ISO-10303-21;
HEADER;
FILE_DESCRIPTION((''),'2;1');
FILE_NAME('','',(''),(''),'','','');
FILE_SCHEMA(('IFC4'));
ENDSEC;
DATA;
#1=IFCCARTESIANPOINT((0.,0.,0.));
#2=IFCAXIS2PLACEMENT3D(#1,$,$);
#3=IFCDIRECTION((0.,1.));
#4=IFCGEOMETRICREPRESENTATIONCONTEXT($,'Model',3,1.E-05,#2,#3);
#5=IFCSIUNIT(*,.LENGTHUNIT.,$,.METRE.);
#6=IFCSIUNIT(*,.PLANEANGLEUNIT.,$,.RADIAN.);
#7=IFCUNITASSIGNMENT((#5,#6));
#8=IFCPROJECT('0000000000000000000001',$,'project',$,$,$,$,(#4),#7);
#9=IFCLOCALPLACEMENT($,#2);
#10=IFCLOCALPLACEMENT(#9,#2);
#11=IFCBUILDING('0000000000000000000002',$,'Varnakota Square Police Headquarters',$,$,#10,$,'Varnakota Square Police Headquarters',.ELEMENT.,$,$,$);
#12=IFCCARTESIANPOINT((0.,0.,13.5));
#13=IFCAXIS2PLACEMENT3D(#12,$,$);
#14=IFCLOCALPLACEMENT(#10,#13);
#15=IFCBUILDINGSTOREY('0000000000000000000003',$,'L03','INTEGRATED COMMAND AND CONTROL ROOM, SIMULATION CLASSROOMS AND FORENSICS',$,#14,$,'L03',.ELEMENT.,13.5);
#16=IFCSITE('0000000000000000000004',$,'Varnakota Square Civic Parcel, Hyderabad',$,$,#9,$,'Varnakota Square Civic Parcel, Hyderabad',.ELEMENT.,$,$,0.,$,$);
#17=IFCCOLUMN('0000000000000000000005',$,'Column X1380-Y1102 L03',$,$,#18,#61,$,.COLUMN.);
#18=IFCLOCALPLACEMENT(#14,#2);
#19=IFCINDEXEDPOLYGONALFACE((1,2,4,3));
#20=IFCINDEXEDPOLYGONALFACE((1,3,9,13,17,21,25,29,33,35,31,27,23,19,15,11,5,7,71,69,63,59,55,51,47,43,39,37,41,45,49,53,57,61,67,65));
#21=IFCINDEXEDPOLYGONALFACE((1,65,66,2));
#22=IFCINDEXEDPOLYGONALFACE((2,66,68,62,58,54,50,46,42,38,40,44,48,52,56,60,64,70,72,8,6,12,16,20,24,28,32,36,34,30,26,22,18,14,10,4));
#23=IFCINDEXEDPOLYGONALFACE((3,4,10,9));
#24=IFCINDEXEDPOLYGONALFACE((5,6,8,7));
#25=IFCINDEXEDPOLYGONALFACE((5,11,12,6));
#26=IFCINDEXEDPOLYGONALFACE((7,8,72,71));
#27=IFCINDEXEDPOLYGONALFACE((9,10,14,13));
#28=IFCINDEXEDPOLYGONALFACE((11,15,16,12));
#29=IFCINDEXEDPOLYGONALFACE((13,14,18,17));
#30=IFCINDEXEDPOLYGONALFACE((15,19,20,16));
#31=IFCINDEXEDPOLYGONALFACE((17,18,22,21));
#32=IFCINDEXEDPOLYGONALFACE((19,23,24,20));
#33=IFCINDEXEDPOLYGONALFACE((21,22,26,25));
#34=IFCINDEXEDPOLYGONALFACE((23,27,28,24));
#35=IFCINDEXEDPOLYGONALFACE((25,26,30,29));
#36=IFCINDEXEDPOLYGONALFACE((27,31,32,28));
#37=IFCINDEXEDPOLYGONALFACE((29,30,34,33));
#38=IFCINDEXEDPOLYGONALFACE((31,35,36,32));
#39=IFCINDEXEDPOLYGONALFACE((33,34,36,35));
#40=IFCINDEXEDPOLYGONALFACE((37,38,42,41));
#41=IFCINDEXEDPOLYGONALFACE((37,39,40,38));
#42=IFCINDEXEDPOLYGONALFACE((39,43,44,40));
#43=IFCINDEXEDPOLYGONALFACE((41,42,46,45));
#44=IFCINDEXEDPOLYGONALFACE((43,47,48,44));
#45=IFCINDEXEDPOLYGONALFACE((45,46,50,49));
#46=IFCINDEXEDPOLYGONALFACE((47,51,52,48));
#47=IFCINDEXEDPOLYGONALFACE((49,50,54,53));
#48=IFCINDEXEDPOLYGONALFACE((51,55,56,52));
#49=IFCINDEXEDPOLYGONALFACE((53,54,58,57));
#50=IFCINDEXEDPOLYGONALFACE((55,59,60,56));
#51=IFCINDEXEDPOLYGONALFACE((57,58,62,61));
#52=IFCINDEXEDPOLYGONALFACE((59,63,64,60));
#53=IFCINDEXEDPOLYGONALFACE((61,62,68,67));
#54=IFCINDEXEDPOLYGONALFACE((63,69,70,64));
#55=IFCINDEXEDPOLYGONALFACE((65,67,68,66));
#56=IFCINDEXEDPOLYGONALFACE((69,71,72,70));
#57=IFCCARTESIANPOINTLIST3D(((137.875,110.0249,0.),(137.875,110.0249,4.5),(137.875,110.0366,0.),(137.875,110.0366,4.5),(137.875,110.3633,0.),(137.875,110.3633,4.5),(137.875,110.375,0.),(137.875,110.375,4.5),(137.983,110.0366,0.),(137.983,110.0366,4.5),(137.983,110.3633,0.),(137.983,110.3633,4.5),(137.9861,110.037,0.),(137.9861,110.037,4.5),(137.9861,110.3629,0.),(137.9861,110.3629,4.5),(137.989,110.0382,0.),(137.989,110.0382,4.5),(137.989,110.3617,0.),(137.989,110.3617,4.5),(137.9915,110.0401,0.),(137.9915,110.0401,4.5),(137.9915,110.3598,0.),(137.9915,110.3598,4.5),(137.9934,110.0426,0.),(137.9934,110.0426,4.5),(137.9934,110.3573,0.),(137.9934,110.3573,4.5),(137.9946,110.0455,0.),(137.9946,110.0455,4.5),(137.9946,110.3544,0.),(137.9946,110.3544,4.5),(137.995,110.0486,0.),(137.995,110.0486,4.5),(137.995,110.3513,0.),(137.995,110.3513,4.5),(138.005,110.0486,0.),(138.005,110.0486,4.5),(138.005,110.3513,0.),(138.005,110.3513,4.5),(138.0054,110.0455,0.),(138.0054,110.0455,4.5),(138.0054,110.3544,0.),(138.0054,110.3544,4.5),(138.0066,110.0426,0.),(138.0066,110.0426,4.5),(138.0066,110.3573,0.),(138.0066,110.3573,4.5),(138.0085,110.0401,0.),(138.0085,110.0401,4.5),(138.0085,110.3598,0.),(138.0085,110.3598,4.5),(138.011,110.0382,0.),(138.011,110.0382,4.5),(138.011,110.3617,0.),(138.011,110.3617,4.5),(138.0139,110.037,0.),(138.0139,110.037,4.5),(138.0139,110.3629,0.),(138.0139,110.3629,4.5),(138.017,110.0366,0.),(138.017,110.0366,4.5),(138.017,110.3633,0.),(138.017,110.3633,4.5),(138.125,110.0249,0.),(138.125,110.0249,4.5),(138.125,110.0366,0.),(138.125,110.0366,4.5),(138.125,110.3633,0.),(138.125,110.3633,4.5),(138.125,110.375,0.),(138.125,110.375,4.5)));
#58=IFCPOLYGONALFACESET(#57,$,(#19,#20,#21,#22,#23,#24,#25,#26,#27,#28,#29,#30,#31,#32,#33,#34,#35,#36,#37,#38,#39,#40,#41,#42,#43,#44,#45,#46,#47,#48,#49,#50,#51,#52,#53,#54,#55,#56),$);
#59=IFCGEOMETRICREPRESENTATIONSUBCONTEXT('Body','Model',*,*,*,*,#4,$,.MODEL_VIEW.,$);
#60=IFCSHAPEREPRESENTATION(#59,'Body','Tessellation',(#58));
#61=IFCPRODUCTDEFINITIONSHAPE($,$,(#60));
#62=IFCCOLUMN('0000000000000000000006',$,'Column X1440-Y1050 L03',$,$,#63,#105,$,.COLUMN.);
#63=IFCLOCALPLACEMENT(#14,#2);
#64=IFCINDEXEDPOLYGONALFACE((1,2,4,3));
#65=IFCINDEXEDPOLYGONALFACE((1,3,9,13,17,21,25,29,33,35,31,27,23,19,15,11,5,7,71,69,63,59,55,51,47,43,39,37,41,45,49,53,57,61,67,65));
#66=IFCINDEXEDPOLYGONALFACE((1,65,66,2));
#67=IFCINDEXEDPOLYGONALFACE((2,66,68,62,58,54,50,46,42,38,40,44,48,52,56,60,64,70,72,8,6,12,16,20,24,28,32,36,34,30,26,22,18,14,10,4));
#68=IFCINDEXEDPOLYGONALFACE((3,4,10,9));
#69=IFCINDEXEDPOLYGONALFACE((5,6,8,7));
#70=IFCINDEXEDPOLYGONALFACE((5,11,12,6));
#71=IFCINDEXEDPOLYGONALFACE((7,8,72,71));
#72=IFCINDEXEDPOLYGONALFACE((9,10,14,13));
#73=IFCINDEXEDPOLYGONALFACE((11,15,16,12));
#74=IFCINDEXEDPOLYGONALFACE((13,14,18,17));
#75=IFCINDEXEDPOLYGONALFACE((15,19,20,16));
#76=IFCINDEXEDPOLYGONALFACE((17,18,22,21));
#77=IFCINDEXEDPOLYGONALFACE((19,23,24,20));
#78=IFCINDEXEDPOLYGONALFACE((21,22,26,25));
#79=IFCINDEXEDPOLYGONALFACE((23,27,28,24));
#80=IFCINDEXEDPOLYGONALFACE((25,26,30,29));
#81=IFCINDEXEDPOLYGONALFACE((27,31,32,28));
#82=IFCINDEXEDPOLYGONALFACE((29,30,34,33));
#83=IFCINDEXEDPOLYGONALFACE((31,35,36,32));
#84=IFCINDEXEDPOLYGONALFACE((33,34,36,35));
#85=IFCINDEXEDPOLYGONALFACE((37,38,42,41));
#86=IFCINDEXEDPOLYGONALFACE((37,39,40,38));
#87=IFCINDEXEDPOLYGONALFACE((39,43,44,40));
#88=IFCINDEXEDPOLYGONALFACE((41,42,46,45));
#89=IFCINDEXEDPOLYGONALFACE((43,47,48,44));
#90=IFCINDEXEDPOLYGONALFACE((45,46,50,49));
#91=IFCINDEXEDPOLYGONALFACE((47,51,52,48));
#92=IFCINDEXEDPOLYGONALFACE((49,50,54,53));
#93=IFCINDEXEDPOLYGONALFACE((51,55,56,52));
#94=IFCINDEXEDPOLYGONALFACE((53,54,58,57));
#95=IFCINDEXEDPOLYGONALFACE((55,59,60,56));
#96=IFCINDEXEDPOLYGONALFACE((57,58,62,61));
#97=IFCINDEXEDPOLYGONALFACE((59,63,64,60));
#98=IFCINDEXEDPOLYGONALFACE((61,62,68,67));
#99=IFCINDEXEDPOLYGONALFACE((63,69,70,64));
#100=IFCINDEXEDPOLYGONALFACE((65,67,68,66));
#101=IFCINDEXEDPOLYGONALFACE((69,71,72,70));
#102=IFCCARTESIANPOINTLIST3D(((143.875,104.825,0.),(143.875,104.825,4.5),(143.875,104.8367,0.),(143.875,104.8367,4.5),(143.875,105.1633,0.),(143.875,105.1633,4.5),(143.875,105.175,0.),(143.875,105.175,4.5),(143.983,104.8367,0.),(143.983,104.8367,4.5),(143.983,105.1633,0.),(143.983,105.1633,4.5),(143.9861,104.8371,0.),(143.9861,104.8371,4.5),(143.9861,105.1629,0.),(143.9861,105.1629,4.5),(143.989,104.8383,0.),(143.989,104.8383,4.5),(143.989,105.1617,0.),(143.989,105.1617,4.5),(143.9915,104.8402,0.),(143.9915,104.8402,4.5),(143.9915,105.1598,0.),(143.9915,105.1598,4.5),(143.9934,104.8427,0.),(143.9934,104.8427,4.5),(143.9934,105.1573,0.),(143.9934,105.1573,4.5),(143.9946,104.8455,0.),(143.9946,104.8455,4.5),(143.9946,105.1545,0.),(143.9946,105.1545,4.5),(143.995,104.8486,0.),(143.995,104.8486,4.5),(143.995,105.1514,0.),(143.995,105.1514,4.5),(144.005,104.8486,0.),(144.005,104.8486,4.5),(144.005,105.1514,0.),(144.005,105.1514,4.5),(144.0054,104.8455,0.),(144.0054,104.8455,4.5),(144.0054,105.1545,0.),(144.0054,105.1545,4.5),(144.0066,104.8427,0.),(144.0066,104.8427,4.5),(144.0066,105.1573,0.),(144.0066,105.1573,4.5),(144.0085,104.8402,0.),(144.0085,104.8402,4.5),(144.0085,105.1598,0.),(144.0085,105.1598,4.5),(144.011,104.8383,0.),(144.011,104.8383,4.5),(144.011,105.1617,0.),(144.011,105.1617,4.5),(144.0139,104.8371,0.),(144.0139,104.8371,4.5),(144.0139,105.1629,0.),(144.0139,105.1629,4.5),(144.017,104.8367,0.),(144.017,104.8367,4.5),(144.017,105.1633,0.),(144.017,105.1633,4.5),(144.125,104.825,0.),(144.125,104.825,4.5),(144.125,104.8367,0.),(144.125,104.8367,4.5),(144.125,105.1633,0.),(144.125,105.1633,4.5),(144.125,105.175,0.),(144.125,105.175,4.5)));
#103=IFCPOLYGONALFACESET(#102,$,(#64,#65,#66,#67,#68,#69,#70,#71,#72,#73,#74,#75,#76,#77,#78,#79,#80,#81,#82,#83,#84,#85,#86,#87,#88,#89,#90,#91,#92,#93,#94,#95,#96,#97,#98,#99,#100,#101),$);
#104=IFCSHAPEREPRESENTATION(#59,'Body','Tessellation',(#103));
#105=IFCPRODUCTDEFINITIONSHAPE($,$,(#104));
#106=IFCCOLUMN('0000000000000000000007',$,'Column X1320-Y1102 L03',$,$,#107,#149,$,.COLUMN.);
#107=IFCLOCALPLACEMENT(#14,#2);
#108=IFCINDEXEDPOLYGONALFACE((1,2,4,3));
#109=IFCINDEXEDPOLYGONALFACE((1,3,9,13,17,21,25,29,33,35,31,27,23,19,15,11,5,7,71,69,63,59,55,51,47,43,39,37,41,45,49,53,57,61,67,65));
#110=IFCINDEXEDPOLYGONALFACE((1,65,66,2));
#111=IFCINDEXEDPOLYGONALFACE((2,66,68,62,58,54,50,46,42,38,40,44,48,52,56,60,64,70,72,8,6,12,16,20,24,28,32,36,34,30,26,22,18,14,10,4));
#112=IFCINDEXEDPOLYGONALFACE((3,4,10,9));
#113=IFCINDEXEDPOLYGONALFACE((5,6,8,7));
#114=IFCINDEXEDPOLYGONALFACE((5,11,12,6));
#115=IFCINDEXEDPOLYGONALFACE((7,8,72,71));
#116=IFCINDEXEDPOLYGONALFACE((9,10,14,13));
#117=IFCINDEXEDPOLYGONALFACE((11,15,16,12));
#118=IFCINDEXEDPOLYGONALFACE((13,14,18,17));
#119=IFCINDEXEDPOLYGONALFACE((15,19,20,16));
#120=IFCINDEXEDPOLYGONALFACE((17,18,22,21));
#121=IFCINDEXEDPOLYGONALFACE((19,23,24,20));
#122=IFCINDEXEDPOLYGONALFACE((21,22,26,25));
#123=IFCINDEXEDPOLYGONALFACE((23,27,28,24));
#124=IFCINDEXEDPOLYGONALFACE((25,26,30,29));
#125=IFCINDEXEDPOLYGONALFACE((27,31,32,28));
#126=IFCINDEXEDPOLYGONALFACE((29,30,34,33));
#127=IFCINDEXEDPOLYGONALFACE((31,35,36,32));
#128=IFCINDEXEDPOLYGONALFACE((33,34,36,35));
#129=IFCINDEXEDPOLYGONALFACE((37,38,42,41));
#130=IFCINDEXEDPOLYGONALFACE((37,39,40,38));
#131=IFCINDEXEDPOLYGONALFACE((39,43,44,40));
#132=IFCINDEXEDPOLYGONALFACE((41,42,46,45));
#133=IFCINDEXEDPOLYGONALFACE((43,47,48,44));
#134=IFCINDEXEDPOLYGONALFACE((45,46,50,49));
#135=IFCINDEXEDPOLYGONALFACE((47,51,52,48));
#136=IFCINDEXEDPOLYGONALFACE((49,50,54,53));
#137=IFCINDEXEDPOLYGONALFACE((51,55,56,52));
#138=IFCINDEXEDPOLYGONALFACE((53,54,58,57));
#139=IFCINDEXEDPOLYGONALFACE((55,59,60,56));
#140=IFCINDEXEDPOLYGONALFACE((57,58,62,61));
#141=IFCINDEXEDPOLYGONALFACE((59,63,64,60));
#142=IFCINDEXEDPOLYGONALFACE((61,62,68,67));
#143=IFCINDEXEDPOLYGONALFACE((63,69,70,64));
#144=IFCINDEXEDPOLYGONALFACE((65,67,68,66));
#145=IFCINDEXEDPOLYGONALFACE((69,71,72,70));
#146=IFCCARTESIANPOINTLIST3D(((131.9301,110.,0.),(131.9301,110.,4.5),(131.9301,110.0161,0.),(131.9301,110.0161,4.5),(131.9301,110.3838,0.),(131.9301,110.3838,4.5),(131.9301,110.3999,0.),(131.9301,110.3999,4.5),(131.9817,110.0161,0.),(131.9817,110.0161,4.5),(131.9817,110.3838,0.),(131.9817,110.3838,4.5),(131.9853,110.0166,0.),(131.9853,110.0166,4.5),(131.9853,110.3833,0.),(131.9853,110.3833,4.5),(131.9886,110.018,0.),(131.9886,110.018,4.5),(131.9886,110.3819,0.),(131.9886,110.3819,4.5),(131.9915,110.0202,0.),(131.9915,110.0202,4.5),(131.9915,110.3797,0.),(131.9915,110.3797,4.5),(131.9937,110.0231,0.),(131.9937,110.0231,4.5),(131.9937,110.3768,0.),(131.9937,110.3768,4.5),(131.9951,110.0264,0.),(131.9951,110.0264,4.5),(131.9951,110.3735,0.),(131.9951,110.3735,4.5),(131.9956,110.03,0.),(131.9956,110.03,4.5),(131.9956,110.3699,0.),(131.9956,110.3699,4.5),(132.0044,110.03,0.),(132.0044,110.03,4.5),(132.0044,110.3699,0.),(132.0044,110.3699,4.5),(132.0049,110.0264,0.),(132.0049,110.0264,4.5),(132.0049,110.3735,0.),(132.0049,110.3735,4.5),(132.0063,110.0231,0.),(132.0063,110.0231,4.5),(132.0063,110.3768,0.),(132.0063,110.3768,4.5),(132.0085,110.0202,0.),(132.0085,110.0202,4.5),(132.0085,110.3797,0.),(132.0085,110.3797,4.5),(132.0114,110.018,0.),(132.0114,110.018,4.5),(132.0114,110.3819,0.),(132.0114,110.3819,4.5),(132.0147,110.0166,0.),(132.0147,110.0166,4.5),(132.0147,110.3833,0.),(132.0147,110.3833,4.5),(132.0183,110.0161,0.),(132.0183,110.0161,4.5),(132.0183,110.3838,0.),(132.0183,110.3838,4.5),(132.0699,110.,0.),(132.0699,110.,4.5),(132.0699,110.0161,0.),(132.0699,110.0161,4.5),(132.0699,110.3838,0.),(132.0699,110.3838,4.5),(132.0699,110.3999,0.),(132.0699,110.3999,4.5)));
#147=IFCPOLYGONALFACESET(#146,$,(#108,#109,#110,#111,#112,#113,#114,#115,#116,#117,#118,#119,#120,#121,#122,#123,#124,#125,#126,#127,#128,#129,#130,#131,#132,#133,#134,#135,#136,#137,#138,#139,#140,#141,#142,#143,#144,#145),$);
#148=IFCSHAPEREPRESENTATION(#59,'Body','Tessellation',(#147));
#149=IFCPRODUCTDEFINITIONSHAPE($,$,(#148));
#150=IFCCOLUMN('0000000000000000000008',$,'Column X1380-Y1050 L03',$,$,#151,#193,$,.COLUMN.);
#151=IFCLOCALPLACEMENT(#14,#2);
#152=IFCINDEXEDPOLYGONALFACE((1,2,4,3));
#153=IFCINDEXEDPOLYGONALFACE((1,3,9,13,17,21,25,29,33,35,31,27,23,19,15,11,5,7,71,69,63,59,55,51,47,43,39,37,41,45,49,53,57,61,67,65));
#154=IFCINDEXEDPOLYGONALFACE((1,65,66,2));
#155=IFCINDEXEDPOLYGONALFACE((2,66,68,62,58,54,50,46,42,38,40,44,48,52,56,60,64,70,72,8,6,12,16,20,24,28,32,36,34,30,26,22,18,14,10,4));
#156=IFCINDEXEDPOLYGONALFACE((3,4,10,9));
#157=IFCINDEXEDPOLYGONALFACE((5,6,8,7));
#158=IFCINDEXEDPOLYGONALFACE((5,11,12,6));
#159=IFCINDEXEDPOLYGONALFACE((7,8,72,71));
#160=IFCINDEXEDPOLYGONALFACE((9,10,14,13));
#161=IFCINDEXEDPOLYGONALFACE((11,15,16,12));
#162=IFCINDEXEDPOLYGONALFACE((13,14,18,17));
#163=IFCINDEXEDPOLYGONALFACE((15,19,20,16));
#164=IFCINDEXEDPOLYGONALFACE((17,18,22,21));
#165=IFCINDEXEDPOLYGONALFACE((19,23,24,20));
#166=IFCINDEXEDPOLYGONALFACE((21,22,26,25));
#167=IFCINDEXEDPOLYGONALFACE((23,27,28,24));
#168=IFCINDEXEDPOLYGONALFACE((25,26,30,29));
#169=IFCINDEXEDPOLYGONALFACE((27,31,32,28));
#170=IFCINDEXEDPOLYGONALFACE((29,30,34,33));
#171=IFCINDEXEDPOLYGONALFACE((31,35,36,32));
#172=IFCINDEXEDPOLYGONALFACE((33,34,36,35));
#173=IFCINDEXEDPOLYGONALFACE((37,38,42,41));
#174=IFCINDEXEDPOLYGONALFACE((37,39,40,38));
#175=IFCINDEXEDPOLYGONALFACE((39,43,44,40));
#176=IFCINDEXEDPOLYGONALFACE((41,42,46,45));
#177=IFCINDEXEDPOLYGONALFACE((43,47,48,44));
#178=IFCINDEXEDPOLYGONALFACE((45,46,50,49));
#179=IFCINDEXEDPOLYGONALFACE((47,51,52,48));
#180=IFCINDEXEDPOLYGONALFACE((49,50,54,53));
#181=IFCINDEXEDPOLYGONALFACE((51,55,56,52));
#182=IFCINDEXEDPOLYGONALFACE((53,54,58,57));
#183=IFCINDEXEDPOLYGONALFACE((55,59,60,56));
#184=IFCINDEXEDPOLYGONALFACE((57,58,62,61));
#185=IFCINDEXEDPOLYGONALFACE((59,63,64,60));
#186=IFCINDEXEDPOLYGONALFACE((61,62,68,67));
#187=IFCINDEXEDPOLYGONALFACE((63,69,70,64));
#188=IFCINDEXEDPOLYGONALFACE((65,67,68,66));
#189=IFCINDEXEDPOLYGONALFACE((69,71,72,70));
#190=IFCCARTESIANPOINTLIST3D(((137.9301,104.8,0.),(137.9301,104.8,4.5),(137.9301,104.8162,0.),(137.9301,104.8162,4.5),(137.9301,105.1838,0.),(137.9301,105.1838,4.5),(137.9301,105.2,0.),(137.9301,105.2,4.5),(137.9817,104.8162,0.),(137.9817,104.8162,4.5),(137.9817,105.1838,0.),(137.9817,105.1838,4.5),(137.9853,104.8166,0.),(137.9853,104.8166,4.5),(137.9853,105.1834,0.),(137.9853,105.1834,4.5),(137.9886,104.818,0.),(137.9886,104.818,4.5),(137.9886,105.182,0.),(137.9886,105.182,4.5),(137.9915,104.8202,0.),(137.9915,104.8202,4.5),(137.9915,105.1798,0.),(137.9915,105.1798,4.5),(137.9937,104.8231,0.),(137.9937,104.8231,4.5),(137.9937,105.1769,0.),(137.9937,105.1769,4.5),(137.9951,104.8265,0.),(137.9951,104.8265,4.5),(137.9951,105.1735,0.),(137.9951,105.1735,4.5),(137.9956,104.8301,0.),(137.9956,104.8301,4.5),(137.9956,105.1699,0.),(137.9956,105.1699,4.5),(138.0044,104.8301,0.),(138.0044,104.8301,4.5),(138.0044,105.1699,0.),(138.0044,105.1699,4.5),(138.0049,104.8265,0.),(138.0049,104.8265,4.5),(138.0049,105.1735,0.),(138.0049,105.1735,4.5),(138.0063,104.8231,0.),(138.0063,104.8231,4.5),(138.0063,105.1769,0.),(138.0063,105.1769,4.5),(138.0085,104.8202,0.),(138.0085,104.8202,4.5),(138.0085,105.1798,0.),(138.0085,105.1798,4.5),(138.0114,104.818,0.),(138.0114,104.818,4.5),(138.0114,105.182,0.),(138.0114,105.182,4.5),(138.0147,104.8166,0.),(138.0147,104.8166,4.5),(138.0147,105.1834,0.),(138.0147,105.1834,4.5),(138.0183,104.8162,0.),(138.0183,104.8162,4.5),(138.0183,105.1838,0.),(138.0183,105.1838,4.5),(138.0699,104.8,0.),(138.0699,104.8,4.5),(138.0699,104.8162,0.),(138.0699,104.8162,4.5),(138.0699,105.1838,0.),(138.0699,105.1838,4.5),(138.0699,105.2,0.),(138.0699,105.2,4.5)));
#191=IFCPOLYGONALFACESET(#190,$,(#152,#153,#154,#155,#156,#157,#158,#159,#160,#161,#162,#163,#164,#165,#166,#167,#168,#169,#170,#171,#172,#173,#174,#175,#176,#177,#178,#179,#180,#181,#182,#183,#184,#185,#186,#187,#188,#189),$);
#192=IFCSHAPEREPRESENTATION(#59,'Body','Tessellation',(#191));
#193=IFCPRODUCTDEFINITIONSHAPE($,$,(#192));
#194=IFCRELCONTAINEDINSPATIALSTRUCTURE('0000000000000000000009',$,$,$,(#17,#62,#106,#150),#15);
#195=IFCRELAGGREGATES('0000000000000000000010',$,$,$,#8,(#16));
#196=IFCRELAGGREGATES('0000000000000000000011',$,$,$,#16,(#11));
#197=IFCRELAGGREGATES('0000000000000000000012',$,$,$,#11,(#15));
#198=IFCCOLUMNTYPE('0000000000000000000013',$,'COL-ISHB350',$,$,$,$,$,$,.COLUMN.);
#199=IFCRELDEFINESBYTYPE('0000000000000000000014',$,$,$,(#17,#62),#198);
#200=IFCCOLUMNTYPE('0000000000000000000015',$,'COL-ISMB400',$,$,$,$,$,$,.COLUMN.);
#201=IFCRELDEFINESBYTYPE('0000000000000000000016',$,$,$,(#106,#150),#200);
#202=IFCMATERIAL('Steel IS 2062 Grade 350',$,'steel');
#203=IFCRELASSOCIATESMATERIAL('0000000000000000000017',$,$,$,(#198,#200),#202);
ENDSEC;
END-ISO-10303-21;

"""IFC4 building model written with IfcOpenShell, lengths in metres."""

from ifc_helpers import new_model, si_unit, direction, frame, origin, origin_2d, place, context, subcontext, project, spatial, i_section, extrude, material, material_profile, profile_set, type_object, element, save


model = new_model("IFC4")

# Units and contexts
model_context = context("Model", 3, precision=1e-05, world=origin(), true_north=direction((0.0, 1.0)))
body_context = subcontext(model_context, "Body", "Model", "MODEL_VIEW")
ifc_project = project(units=[si_unit("LENGTHUNIT", "METRE"), si_unit("PLANEANGLEUNIT", "RADIAN")], contexts=[model_context])

# Site, building, storey
site_placement = place(None, origin())
site = spatial("IfcSite", under=ifc_project, at=site_placement, Name="Varnakota Square Civic Parcel, Hyderabad", LongName="Varnakota Square Civic Parcel, Hyderabad", CompositionType="ELEMENT", RefElevation=0.0)
building_placement = place(site_placement, origin())
building = spatial("IfcBuilding", under=site, at=building_placement, Name="Varnakota Square Police Headquarters", LongName="Varnakota Square Police Headquarters", CompositionType="ELEMENT")
storey_placement = place(building_placement, frame((0.0, 0.0, 13.5)))
storey = spatial("IfcBuildingStorey", under=building, at=storey_placement, Name="L03", Description="INTEGRATED COMMAND AND CONTROL ROOM, SIMULATION CLASSROOMS AND FORENSICS", LongName="L03", CompositionType="ELEMENT", Elevation=13.5)

# Columns
ifc_material_1 = material(Name="Steel IS 2062 Grade 350", Category="steel")
ifc_material_profile_1 = material_profile(ifc_material_1, i_section(OverallWidth=0.25, OverallDepth=0.3501, WebThickness=0.01, FlangeThickness=0.0117, FilletRadius=0.012, at=origin_2d()), Name="ISHB 350")
ifc_profile_set_1 = profile_set([ifc_material_profile_1], Name="Steel IS 2062 Grade 350")
column_type_1 = type_object("IfcColumnType", Name="COL-ISHB350", PredefinedType="COLUMN", material=ifc_profile_set_1)
for number, where, z_axis, x_axis, name in (
    (1, (138.0, 110.2, 0.0), (0.0, 0.0, 1.0), (1.0, 0.0, 0.0), "Column X1380-Y1102 L03"),
    (2, (144.0, 105.0, 0.0), (0.0, 0.0, 1.0), (1.0, 0.0, 0.0), "Column X1440-Y1050 L03"),
):
    element("IfcColumn", number, at=place(storey_placement, frame(where, z_axis=z_axis, x_axis=x_axis)), inside=storey, type_object=column_type_1, Name=name, PredefinedType="COLUMN", context=body_context, shape_type="SweptSolid", body=[
        extrude(i_section(OverallWidth=0.25, OverallDepth=0.3501, WebThickness=0.01, FlangeThickness=0.0117, FilletRadius=0.012, at=origin_2d()), origin(), (0.0, 0.0, 1.0), 4.5),
    ])
ifc_material_profile_2 = material_profile(ifc_material_1, i_section(OverallWidth=0.1399, OverallDepth=0.3999, WebThickness=0.0088, FlangeThickness=0.0161, FilletRadius=0.0139, at=origin_2d()), Name="ISMB 400")
ifc_profile_set_2 = profile_set([ifc_material_profile_2], Name="Steel IS 2062 Grade 350")
column_type_2 = type_object("IfcColumnType", Name="COL-ISMB400", PredefinedType="COLUMN", material=ifc_profile_set_2)
for number, where, z_axis, x_axis, name in (
    (3, (132.0, 110.2, 0.0), (0.0, 0.0, 1.0), (1.0, 0.0, 0.0), "Column X1320-Y1102 L03"),
    (4, (138.0, 105.0, 0.0), (0.0, 0.0, 1.0), (1.0, 0.0, 0.0), "Column X1380-Y1050 L03"),
):
    element("IfcColumn", number, at=place(storey_placement, frame(where, z_axis=z_axis, x_axis=x_axis)), inside=storey, type_object=column_type_2, Name=name, PredefinedType="COLUMN", context=body_context, shape_type="SweptSolid", body=[
        extrude(i_section(OverallWidth=0.1399, OverallDepth=0.3999, WebThickness=0.0088, FlangeThickness=0.0161, FilletRadius=0.0139, at=origin_2d()), origin(), (0.0, 0.0, 1.0), 4.5),
    ])

save(model, "model.ifc")
